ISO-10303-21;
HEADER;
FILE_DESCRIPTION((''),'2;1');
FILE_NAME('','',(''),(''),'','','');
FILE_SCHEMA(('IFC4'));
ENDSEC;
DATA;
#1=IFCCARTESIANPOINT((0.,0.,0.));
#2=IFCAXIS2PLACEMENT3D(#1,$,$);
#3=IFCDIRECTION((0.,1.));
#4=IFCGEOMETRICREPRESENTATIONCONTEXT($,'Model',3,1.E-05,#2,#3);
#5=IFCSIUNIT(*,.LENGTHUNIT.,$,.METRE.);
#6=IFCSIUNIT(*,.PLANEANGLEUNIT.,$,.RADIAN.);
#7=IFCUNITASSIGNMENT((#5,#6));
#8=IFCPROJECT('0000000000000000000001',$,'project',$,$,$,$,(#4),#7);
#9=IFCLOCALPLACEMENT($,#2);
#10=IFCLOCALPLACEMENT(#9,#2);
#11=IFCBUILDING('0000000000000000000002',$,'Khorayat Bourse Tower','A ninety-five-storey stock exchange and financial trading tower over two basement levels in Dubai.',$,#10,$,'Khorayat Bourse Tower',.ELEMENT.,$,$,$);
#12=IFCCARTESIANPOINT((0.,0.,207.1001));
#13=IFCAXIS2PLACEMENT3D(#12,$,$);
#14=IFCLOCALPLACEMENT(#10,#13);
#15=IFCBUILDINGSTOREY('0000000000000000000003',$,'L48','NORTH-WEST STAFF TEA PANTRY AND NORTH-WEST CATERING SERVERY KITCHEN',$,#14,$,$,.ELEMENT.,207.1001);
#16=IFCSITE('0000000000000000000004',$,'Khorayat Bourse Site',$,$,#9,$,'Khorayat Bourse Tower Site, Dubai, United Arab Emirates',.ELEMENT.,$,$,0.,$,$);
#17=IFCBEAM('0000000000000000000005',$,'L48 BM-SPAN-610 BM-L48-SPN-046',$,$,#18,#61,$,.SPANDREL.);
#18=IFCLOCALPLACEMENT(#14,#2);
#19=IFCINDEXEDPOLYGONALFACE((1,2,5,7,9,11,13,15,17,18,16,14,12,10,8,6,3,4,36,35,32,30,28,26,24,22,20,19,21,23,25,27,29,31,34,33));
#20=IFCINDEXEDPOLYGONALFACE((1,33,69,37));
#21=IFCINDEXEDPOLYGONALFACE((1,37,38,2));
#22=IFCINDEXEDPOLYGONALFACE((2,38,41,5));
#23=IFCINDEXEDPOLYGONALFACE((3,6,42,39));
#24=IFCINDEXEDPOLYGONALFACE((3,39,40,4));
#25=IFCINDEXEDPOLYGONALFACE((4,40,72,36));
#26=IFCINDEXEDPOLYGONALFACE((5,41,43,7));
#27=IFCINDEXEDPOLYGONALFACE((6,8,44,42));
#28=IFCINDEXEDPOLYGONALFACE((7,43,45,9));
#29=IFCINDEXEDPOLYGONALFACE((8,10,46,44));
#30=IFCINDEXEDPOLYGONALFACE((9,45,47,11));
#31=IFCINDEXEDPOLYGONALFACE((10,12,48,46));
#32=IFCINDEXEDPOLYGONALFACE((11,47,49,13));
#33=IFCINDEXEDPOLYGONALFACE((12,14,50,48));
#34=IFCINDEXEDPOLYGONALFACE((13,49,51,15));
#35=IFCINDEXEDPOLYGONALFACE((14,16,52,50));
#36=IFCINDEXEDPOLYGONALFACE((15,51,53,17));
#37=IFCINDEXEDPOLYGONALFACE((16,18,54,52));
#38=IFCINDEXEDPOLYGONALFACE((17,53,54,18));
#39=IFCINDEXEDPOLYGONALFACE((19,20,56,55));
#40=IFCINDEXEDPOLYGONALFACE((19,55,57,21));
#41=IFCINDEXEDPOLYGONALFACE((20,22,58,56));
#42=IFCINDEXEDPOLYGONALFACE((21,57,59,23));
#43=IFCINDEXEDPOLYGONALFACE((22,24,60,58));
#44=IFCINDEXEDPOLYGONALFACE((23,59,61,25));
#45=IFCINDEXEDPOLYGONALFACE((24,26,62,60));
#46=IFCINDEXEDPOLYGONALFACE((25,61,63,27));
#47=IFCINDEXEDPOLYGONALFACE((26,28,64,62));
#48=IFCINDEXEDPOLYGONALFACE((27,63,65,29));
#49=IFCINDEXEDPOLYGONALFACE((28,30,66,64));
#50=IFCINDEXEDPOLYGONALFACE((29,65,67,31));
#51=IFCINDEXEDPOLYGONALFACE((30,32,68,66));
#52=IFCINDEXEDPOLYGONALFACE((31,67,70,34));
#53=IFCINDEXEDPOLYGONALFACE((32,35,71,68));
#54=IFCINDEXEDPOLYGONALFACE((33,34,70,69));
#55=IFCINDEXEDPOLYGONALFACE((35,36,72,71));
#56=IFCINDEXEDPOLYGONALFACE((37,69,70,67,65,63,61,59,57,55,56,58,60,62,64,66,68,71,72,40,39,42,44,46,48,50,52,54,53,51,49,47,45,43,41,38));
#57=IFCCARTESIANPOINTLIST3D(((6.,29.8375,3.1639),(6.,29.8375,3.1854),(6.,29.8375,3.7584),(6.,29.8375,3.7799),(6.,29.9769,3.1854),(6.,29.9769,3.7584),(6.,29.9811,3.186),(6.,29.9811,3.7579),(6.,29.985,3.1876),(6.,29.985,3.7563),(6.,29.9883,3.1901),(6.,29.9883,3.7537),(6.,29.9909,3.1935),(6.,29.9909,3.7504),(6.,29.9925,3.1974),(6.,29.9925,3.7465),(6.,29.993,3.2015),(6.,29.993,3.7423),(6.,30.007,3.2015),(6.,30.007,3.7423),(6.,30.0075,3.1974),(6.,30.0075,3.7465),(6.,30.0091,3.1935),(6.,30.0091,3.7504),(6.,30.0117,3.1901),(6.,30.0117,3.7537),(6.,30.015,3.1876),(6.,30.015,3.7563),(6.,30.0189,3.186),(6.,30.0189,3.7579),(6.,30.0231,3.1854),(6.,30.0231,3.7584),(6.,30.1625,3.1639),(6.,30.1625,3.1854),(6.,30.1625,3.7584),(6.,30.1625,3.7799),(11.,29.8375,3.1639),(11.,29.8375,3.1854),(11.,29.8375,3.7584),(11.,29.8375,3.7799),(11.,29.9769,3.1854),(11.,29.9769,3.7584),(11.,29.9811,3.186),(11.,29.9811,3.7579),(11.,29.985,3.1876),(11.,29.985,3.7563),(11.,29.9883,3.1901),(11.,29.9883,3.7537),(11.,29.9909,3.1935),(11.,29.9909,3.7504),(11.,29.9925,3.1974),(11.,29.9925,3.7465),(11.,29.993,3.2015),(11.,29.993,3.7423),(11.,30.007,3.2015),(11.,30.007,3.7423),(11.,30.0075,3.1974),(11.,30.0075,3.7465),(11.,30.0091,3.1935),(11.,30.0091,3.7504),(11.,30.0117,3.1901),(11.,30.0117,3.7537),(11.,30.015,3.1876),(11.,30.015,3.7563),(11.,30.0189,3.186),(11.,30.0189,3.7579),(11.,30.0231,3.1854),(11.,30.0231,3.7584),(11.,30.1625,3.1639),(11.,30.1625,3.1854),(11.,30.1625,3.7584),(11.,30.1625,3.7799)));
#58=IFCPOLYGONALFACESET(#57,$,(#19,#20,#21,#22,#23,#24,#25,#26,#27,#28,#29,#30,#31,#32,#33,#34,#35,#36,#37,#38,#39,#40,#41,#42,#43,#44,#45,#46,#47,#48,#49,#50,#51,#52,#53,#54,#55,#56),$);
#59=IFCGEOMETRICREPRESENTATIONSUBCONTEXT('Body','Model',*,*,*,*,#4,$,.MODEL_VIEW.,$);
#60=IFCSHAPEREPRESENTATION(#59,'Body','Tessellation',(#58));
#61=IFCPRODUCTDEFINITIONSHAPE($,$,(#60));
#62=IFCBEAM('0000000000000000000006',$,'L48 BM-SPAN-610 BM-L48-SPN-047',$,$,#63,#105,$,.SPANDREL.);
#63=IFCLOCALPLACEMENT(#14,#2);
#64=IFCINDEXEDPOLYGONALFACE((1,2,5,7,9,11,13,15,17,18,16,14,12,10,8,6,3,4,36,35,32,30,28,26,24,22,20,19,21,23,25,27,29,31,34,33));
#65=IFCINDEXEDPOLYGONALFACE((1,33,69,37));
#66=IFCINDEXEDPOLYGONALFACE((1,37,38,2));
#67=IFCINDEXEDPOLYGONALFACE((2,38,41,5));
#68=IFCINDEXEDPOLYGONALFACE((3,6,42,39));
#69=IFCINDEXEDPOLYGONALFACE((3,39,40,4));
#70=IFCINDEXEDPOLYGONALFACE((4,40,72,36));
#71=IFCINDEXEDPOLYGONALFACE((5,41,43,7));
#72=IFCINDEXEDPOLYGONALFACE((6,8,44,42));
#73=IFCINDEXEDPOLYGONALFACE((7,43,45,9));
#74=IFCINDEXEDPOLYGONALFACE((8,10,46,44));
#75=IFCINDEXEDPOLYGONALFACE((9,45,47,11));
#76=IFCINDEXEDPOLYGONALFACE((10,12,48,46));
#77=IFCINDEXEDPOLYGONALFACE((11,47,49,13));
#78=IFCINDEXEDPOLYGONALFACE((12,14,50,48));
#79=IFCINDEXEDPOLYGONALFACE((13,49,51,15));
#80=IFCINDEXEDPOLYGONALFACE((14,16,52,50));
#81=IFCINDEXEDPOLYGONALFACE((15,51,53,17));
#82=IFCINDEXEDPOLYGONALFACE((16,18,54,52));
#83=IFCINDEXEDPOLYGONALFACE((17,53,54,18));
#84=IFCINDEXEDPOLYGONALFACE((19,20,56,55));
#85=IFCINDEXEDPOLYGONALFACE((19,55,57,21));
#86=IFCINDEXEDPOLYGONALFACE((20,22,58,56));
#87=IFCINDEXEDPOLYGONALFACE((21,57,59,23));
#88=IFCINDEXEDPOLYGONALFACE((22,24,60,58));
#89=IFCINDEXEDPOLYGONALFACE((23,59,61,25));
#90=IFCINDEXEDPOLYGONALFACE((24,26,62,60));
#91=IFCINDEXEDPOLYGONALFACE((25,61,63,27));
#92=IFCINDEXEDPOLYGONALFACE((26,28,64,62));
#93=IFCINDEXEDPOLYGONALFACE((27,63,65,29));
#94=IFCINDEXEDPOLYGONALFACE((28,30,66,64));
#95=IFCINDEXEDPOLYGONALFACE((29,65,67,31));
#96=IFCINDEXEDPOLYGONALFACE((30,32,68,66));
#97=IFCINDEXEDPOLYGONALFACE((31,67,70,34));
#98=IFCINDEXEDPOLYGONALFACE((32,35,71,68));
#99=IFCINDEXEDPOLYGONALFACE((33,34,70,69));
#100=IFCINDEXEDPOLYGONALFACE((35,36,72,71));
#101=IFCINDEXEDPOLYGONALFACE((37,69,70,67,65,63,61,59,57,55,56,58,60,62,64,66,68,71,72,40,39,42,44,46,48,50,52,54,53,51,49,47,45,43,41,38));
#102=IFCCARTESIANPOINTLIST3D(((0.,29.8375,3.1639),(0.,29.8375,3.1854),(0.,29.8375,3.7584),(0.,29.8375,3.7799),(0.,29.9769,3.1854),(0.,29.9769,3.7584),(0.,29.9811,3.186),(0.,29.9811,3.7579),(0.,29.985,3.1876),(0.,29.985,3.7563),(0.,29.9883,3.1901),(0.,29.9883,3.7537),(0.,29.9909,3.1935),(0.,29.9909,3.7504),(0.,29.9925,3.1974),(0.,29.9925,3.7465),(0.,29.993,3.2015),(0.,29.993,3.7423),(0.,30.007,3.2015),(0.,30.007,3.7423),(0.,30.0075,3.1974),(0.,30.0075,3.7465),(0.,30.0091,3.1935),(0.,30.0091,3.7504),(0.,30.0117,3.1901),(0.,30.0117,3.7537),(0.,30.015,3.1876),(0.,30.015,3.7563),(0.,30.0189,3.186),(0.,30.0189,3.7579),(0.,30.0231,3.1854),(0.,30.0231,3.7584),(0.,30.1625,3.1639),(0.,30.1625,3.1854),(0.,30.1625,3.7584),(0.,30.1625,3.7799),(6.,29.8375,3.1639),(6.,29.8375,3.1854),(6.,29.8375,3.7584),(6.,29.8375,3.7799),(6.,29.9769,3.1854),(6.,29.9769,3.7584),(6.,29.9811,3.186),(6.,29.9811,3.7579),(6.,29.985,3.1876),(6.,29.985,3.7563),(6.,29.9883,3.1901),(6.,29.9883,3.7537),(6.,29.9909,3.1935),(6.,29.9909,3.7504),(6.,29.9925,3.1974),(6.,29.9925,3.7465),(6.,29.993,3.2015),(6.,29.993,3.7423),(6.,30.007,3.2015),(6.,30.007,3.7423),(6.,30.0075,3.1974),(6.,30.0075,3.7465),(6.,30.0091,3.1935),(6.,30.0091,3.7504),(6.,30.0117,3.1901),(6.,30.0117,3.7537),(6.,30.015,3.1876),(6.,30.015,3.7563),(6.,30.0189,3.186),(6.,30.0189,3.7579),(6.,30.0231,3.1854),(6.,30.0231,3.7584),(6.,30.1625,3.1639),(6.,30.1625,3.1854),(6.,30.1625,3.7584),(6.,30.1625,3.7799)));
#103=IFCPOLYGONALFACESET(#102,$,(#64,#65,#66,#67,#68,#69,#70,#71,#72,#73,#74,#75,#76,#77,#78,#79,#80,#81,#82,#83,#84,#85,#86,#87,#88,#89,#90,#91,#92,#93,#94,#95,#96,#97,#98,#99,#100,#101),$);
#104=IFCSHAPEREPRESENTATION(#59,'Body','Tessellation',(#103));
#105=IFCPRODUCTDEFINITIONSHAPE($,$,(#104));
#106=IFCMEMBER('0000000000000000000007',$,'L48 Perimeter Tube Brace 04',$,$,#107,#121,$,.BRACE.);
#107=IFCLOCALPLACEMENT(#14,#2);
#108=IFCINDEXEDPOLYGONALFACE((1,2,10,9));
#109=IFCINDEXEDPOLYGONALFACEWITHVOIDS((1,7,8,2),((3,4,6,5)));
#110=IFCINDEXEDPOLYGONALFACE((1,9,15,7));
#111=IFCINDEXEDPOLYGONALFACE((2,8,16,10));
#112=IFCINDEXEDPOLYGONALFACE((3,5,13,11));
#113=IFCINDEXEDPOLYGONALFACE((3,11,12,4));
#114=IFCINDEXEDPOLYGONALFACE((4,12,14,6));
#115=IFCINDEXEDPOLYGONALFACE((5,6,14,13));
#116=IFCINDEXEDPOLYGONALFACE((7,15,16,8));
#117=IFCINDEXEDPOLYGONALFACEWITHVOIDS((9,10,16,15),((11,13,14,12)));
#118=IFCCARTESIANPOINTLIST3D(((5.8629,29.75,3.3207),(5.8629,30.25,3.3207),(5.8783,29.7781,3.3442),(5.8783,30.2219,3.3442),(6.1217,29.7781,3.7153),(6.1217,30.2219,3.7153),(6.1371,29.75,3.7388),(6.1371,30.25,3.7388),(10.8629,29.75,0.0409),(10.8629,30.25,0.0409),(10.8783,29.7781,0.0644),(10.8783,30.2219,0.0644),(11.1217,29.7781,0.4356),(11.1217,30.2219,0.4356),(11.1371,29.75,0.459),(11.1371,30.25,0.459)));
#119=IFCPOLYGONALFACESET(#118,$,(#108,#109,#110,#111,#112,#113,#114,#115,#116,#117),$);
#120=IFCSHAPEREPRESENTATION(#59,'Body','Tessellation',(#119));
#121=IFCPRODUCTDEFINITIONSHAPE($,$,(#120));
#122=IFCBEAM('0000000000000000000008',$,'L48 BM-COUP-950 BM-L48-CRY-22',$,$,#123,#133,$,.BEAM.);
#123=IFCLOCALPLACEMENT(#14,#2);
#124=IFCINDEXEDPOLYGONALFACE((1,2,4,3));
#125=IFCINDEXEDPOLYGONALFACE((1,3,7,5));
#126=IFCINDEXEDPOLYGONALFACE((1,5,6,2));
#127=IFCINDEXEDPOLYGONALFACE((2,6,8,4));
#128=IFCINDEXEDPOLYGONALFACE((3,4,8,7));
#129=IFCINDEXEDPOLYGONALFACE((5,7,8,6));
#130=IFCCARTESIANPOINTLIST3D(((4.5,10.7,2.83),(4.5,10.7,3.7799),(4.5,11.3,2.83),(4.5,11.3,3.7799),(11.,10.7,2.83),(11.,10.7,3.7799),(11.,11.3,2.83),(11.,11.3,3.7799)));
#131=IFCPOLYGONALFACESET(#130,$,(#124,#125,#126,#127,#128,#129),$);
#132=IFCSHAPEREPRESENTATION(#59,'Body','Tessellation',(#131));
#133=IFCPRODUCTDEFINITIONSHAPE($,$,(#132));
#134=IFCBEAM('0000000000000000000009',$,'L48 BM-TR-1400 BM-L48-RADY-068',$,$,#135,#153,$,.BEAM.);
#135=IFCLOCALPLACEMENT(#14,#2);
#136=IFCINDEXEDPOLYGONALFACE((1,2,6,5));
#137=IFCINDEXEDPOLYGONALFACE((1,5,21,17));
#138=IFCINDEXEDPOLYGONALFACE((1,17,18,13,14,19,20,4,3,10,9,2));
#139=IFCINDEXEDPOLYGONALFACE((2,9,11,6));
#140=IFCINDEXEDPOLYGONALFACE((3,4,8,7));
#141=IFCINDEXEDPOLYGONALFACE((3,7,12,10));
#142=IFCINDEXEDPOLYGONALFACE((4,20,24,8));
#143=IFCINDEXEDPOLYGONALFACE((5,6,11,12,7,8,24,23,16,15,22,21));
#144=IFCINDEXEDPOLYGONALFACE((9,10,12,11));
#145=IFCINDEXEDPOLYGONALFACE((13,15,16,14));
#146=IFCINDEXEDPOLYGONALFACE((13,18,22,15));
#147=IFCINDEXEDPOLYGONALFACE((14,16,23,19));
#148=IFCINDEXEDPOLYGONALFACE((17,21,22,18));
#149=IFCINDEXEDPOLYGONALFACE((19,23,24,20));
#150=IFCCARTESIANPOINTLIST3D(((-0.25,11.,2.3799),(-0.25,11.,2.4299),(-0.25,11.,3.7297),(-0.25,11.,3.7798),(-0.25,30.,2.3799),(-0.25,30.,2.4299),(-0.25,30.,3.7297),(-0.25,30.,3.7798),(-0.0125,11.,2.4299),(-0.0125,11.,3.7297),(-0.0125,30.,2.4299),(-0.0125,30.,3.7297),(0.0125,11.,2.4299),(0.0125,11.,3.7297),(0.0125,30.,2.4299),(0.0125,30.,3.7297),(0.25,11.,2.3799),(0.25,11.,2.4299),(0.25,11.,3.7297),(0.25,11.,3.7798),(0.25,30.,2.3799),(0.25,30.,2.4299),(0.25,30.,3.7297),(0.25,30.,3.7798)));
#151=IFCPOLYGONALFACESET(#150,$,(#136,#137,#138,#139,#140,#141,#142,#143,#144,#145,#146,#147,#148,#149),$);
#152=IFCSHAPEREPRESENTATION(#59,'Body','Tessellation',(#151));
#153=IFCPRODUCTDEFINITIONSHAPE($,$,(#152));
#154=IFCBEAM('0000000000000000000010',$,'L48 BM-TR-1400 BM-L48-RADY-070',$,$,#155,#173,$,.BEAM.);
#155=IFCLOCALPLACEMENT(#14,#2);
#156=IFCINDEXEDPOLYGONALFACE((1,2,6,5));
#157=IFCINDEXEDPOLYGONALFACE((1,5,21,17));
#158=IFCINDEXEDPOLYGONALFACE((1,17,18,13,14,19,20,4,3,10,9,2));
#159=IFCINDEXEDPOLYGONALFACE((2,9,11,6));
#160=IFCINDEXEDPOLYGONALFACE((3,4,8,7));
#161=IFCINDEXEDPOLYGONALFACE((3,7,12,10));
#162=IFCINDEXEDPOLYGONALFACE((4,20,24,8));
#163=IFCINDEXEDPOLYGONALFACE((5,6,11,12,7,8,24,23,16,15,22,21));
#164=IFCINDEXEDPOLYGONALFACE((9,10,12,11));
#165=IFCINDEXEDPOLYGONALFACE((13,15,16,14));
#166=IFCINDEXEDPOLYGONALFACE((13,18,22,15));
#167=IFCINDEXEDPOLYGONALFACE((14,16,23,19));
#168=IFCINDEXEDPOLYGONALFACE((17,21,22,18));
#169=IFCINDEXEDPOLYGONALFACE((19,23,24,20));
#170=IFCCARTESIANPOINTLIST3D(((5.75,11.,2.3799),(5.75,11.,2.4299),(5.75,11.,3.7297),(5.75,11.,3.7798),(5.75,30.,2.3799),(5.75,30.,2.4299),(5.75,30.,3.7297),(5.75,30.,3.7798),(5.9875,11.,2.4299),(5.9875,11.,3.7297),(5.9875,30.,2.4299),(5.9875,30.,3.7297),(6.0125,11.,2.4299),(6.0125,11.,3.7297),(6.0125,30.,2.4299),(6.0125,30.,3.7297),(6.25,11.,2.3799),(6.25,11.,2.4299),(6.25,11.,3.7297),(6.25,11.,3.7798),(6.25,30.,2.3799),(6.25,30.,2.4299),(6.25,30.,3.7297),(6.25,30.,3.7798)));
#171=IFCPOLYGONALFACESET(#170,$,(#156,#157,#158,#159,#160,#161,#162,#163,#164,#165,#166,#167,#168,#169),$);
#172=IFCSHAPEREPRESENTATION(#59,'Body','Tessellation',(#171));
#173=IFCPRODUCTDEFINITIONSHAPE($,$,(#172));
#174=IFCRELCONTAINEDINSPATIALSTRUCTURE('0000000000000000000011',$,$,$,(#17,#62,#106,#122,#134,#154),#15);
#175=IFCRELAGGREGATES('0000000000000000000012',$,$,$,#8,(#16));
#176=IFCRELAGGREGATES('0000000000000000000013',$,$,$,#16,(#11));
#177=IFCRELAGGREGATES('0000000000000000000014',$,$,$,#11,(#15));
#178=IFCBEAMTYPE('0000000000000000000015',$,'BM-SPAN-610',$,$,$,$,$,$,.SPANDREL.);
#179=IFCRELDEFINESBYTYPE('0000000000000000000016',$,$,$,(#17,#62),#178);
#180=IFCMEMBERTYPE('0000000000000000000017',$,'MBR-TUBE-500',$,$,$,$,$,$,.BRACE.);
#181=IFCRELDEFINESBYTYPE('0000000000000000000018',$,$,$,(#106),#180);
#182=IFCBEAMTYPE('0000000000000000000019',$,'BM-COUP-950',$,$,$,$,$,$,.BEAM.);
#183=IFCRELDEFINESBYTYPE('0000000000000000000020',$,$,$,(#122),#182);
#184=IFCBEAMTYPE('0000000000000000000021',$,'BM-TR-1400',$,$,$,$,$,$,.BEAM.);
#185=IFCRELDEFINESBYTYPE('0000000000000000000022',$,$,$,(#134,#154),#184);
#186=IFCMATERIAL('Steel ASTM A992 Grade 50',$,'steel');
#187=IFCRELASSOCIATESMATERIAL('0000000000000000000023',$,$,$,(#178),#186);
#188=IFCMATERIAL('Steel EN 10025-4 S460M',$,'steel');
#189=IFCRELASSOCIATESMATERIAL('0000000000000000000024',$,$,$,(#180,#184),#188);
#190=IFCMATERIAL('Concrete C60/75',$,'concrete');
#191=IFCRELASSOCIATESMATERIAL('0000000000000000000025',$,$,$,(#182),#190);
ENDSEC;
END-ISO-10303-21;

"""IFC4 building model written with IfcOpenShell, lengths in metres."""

from ifc_helpers import new_model, si_unit, direction, frame, origin, origin_2d, place, context, subcontext, project, spatial, rectangle, hollow_rectangle, i_section, extrude, source, transform, mapped, material, material_profile, profile_set, type_object, element, save


model = new_model("IFC4")

# Units and contexts
model_context = context("Model", 3, precision=1e-05, world=origin(), true_north=direction((0.0, 1.0)))
body_context = subcontext(model_context, "Body", "Model", "MODEL_VIEW")
ifc_project = project(units=[si_unit("LENGTHUNIT", "METRE"), si_unit("PLANEANGLEUNIT", "RADIAN")], contexts=[model_context])

# Site, building, storey
site_placement = place(None, origin())
site = spatial("IfcSite", under=ifc_project, at=site_placement, Name="Khorayat Bourse Site", LongName="Khorayat Bourse Tower Site, Dubai, United Arab Emirates", CompositionType="ELEMENT", RefElevation=0.0)
building_placement = place(site_placement, origin())
building = spatial("IfcBuilding", under=site, at=building_placement, Name="Khorayat Bourse Tower", Description="A ninety-five-storey stock exchange and financial trading tower over two basement levels in Dubai.", LongName="Khorayat Bourse Tower", CompositionType="ELEMENT")
storey_placement = place(building_placement, frame((0.0, 0.0, 207.1001)))
storey = spatial("IfcBuildingStorey", under=building, at=storey_placement, Name="L48", Description="NORTH-WEST STAFF TEA PANTRY AND NORTH-WEST CATERING SERVERY KITCHEN", CompositionType="ELEMENT", Elevation=207.1001)

# Shared definitions
ifc_material_1 = material(Name="Steel EN 10025-4 S460M", Category="steel")
ifc_material_2 = material(Name="Concrete C60/75", Category="concrete")

# Beams
ifc_material_3 = material(Name="Steel ASTM A992 Grade 50", Category="steel")
ifc_material_profile_1 = material_profile(ifc_material_3, i_section(OverallWidth=0.325, OverallDepth=0.616, WebThickness=0.0139, FlangeThickness=0.0215, FilletRadius=0.0161, at=origin_2d()), Name="W610X174")
ifc_profile_set_1 = profile_set([ifc_material_profile_1], Name="Steel ASTM A992 Grade 50")
beam_type_1 = type_object("IfcBeamType", Name="BM-SPAN-610", PredefinedType="SPANDREL", material=ifc_profile_set_1)
shared_shape_1 = source(origin(), body_context, "Body", "SweptSolid", [
    extrude(i_section(OverallWidth=0.325, OverallDepth=0.616, WebThickness=0.0139, FlangeThickness=0.0215, FilletRadius=0.0161, at=origin_2d()), origin(), (0.0, 0.0, 1.0), 5.0),
])
beam_1_placement = place(storey_placement, frame((6.0, 30.0, 3.4719), z_axis=(1.0, 0.0, 0.0), x_axis=(0.0, 1.0, 0.0)))
element("IfcBeam", 1, at=beam_1_placement, inside=storey, type_object=beam_type_1, Name="L48 BM-SPAN-610 BM-L48-SPN-046", PredefinedType="SPANDREL", context=body_context, shape_type="MappedRepresentation", body=[
    mapped(shared_shape_1, transform((0.0, 0.0, 0.0), scale=1.0)),
])
shared_shape_2 = source(origin(), body_context, "Body", "SweptSolid", [
    extrude(i_section(OverallWidth=0.325, OverallDepth=0.616, WebThickness=0.0139, FlangeThickness=0.0215, FilletRadius=0.0161, at=origin_2d()), origin(), (0.0, 0.0, 1.0), 6.0),
])
beam_2_placement = place(storey_placement, frame((0.0, 30.0, 3.4719), z_axis=(1.0, 0.0, 0.0), x_axis=(0.0, 1.0, 0.0)))
element("IfcBeam", 2, at=beam_2_placement, inside=storey, type_object=beam_type_1, Name="L48 BM-SPAN-610 BM-L48-SPN-047", PredefinedType="SPANDREL", context=body_context, shape_type="MappedRepresentation", body=[
    mapped(shared_shape_2, transform((0.0, 0.0, 0.0), scale=1.0)),
])

# Member
ifc_material_profile_2 = material_profile(ifc_material_1, hollow_rectangle(XDim=0.5, YDim=0.5, WallThickness=0.0281, at=origin_2d()), Name="HSS 500x500x28")
ifc_profile_set_2 = profile_set([ifc_material_profile_2], Name="Steel EN 10025-4 S460M")
member_type_1 = type_object("IfcMemberType", Name="MBR-TUBE-500", PredefinedType="BRACE", material=ifc_profile_set_2)
shared_shape_3 = source(origin(), body_context, "Body", "SweptSolid", [
    extrude(hollow_rectangle(XDim=0.5, YDim=0.5, WallThickness=0.0281, at=origin_2d()), origin(), (0.0, 0.0, 1.0), 5.9797),
])
member_1_placement = place(storey_placement, frame((6.0, 30.0, 3.5298), z_axis=(0.83616, 0.0, -0.548485), x_axis=(0.0, 1.0, 0.0)))
element("IfcMember", 3, at=member_1_placement, inside=storey, type_object=member_type_1, Name="L48 Perimeter Tube Brace 04", PredefinedType="BRACE", context=body_context, shape_type="MappedRepresentation", body=[
    mapped(shared_shape_3, transform((0.0, 0.0, 0.0), scale=1.0)),
])

# Beams
ifc_material_profile_3 = material_profile(ifc_material_2, rectangle(XDim=0.6001, YDim=0.95, at=origin_2d()), Name="RC 600x950")
ifc_profile_set_3 = profile_set([ifc_material_profile_3], Name="Concrete C60/75")
beam_type_2 = type_object("IfcBeamType", Name="BM-COUP-950", PredefinedType="BEAM", material=ifc_profile_set_3)
shared_shape_4 = source(origin(), body_context, "Body", "SweptSolid", [
    extrude(rectangle(XDim=0.6001, YDim=0.95, at=origin_2d()), origin(), (0.0, 0.0, 1.0), 6.5),
])
beam_3_placement = place(storey_placement, frame((4.5, 11.0, 3.3049), z_axis=(1.0, 0.0, 0.0), x_axis=(0.0, 1.0, 0.0)))
element("IfcBeam", 4, at=beam_3_placement, inside=storey, type_object=beam_type_2, Name="L48 BM-COUP-950 BM-L48-CRY-22", PredefinedType="BEAM", context=body_context, shape_type="MappedRepresentation", body=[
    mapped(shared_shape_4, transform((0.0, 0.0, 0.0), scale=1.0)),
])
ifc_material_profile_4 = material_profile(ifc_material_1, i_section(OverallWidth=0.5, OverallDepth=1.3999, WebThickness=0.0249, FlangeThickness=0.05, at=origin_2d()), Name="PG 1400x500x25x50")
ifc_profile_set_4 = profile_set([ifc_material_profile_4], Name="Steel EN 10025-4 S460M")
beam_type_3 = type_object("IfcBeamType", Name="BM-TR-1400", PredefinedType="BEAM", material=ifc_profile_set_4)
shared_shape_5 = source(origin(), body_context, "Body", "SweptSolid", [
    extrude(i_section(OverallWidth=0.5, OverallDepth=1.3999, WebThickness=0.0249, FlangeThickness=0.05, at=origin_2d()), origin(), (0.0, 0.0, 1.0), 19.0),
])
for number, where, z_axis, x_axis, name in (
    (5, (0.0, 11.0, 3.0798), (0.0, 1.0, 0.0), (-1.0, 0.0, 0.0), "L48 BM-TR-1400 BM-L48-RADY-068"),
    (6, (6.0, 11.0, 3.0798), (0.0, 1.0, 0.0), (-1.0, 0.0, 0.0), "L48 BM-TR-1400 BM-L48-RADY-070"),
):
    element("IfcBeam", number, at=place(storey_placement, frame(where, z_axis=z_axis, x_axis=x_axis)), inside=storey, type_object=beam_type_3, Name=name, PredefinedType="BEAM", context=body_context, shape_type="MappedRepresentation", body=[
        mapped(shared_shape_5, transform((0.0, 0.0, 0.0), scale=1.0)),
    ])

save(model, "model.ifc")
